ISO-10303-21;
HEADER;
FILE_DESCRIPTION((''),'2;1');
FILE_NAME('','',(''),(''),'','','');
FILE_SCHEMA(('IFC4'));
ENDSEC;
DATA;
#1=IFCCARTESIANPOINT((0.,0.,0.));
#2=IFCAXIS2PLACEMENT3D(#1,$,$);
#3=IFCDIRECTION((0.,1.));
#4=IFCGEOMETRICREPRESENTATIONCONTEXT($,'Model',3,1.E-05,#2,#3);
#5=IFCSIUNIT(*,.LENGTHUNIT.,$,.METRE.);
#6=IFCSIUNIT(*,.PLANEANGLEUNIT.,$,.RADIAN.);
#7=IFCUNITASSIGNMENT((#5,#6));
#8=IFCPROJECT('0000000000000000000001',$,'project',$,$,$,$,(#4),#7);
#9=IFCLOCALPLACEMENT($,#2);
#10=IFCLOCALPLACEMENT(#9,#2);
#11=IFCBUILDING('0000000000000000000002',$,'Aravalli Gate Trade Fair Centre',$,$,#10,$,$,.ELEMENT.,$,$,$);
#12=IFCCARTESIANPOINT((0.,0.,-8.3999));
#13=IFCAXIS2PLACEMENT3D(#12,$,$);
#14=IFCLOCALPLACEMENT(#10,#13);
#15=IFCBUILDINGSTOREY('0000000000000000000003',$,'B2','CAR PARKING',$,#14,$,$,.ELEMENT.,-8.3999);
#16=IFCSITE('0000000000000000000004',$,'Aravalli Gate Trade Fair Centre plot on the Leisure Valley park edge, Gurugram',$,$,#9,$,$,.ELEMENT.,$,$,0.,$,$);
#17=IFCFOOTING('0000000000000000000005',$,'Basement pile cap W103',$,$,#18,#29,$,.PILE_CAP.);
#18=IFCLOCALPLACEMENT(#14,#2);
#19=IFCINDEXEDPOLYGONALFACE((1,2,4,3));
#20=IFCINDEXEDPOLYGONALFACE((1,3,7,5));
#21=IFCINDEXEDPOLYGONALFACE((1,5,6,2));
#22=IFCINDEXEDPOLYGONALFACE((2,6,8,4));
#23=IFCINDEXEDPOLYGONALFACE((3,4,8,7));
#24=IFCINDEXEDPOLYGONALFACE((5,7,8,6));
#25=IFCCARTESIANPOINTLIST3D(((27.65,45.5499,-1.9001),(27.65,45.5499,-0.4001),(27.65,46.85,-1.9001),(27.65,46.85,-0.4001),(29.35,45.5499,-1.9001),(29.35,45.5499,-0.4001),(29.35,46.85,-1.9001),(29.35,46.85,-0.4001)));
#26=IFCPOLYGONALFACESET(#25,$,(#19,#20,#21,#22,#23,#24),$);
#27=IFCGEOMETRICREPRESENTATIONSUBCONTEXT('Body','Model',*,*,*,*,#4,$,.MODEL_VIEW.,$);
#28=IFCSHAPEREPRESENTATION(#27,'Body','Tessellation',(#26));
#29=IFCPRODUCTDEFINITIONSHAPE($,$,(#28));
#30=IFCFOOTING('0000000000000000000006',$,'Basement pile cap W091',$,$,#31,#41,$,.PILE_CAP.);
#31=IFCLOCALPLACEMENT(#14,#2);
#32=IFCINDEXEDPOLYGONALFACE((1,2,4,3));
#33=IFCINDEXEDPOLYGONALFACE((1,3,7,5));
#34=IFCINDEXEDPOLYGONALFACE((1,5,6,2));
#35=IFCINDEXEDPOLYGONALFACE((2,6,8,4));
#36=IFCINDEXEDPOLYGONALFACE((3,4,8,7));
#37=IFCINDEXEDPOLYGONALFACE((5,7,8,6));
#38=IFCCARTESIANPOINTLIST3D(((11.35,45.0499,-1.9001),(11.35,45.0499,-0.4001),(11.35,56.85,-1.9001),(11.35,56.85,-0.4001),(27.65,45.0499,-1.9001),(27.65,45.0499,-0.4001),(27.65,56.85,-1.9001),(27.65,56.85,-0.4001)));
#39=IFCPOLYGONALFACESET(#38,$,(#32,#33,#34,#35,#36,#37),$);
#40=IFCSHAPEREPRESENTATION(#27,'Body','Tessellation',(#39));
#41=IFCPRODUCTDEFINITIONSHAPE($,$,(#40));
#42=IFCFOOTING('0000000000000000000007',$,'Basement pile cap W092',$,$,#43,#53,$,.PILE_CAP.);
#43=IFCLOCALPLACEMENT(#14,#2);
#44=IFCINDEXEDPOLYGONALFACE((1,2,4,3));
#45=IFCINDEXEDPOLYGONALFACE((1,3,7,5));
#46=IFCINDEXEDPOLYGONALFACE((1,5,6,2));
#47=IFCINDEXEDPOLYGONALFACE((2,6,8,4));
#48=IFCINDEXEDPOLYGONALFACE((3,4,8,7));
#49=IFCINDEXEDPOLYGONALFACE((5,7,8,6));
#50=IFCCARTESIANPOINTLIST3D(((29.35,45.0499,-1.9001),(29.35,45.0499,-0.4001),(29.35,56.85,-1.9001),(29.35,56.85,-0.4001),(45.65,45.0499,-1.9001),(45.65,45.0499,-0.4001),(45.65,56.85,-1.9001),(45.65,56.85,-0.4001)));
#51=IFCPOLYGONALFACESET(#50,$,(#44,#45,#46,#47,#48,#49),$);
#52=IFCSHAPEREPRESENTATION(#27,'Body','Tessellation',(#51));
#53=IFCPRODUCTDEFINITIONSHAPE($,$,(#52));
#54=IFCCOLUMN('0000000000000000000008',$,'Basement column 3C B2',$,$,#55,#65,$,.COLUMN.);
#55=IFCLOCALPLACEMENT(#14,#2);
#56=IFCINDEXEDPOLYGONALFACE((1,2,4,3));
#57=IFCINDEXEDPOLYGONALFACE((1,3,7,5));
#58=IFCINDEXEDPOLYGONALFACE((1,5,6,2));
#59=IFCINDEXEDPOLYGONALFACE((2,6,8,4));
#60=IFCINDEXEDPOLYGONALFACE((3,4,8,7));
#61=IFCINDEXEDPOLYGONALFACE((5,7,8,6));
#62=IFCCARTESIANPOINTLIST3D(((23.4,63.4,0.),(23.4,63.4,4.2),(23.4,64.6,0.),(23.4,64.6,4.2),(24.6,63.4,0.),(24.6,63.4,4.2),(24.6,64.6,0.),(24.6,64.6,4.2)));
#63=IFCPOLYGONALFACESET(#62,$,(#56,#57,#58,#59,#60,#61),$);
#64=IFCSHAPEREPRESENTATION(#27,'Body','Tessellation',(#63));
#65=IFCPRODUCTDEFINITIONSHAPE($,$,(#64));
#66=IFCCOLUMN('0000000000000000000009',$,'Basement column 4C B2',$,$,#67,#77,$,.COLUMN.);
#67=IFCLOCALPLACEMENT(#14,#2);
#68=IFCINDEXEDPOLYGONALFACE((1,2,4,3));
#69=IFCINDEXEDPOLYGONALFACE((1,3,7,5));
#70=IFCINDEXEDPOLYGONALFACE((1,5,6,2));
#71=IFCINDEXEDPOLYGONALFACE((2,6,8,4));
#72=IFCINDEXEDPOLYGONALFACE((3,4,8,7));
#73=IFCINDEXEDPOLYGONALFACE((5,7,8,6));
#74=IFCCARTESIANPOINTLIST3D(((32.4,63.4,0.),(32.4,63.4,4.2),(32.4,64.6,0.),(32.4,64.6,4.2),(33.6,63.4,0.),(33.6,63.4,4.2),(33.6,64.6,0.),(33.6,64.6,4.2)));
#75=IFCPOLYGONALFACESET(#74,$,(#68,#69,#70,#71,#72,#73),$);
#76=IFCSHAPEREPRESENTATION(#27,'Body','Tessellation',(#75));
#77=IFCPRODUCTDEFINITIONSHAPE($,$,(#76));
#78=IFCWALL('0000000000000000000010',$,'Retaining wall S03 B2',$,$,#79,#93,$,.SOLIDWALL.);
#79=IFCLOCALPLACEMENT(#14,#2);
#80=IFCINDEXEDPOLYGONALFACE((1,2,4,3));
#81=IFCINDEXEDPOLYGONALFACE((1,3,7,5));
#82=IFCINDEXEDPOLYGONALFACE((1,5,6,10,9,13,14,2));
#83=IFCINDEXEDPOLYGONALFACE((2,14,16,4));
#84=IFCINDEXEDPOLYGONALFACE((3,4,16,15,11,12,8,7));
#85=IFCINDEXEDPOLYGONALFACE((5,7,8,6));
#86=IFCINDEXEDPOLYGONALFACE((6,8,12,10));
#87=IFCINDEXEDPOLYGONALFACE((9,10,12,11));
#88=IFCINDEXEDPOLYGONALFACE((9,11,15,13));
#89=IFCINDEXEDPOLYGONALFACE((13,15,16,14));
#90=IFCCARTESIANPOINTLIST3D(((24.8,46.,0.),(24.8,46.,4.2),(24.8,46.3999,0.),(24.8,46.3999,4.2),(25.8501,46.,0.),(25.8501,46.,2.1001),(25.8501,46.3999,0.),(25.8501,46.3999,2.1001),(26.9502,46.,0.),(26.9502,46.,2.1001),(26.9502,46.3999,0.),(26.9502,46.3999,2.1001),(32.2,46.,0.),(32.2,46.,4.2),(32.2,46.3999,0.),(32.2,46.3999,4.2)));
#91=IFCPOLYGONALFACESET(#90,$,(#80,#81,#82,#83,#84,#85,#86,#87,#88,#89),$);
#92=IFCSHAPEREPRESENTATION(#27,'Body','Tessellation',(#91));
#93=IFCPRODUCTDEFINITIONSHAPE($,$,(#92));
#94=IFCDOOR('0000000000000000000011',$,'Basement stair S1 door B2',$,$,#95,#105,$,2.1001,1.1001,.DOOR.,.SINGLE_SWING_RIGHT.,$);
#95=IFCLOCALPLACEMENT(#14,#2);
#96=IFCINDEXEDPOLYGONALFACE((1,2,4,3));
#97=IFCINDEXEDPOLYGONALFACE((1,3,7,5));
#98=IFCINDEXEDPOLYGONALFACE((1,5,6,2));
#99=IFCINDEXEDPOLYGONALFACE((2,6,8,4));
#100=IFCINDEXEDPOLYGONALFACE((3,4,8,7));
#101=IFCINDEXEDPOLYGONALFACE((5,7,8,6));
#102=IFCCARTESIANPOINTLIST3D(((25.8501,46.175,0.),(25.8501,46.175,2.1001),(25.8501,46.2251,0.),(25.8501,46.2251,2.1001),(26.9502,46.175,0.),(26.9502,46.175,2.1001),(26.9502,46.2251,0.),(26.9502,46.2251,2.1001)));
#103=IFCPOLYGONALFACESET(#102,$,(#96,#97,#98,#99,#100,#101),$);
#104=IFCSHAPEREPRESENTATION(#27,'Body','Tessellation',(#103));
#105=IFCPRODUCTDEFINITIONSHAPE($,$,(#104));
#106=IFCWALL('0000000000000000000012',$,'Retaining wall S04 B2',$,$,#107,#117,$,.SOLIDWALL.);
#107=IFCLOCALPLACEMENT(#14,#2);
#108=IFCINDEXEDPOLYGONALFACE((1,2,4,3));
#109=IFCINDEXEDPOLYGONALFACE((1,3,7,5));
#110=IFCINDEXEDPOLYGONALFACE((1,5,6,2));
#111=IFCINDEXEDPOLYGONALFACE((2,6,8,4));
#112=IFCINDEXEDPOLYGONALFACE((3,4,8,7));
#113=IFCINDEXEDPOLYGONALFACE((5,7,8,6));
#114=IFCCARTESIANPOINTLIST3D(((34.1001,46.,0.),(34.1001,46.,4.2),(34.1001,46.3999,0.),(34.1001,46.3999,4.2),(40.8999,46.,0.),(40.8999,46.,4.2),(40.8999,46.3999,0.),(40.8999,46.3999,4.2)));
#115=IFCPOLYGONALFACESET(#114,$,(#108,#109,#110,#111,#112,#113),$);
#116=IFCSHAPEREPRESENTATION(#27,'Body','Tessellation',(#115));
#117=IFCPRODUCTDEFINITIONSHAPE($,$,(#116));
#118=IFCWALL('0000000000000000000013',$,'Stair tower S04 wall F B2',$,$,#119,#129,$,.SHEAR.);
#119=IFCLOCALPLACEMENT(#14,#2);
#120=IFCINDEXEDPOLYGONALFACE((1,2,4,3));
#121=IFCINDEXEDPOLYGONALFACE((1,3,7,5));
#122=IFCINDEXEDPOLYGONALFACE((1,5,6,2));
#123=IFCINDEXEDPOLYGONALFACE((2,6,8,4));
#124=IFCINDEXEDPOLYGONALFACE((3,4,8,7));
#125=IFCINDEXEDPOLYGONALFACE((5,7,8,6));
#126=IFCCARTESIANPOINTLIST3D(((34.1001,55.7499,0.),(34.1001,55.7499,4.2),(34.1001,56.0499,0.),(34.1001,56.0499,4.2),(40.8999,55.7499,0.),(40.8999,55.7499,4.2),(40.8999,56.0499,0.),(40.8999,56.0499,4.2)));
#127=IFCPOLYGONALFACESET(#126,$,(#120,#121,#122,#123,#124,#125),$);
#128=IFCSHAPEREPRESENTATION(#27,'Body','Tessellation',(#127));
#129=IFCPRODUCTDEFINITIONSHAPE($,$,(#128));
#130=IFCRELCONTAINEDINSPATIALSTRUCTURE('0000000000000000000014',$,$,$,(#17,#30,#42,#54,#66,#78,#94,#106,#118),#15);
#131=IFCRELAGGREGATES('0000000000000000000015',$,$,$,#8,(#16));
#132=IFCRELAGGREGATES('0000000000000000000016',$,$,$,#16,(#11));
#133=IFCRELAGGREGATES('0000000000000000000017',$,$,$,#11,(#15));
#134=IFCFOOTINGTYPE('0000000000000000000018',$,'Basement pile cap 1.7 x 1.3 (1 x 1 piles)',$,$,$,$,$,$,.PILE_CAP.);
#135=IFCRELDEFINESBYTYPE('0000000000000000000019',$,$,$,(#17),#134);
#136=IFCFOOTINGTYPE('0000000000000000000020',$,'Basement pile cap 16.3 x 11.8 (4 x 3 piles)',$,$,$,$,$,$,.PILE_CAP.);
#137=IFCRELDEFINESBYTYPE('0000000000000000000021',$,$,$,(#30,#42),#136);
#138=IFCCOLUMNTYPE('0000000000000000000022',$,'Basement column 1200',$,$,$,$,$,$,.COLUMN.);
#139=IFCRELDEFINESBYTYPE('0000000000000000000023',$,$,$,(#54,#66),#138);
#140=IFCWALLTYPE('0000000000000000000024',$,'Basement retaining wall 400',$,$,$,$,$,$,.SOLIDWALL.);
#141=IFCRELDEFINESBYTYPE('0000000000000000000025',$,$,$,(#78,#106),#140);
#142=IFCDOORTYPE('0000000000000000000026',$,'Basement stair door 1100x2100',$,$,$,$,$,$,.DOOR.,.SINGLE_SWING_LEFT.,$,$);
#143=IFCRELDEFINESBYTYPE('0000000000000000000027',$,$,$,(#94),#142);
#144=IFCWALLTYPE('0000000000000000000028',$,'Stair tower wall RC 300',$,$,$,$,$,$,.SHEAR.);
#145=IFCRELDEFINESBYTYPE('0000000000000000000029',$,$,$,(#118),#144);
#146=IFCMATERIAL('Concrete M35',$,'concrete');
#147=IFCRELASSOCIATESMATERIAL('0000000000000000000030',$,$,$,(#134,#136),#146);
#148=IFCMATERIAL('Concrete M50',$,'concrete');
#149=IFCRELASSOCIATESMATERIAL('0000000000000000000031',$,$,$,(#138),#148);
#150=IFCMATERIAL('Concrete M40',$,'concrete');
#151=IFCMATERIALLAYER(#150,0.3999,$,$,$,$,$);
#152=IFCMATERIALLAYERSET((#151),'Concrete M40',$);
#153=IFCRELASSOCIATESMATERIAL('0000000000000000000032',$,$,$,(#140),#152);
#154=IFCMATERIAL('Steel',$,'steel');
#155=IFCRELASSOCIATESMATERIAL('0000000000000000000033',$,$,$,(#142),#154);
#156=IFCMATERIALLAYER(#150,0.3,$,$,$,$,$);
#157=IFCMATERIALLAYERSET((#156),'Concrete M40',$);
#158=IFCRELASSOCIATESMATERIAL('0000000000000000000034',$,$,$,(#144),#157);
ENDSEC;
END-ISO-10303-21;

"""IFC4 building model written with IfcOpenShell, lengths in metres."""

from ifc_helpers import new_model, si_unit, direction, frame, frame_2d, origin, origin_2d, place, context, subcontext, project, spatial, rectangle, extrude, material, layer, layer_set, material_profile, profile_set, type_object, element, fill, save


model = new_model("IFC4")

# Units and contexts
model_context = context("Model", 3, precision=1e-05, world=origin(), true_north=direction((0.0, 1.0)))
body_context = subcontext(model_context, "Body", "Model", "MODEL_VIEW")
ifc_project = project(units=[si_unit("LENGTHUNIT", "METRE"), si_unit("PLANEANGLEUNIT", "RADIAN")], contexts=[model_context])

# Site, building, storey
site_placement = place(None, origin())
site = spatial("IfcSite", under=ifc_project, at=site_placement, Name="Aravalli Gate Trade Fair Centre plot on the Leisure Valley park edge, Gurugram", CompositionType="ELEMENT", RefElevation=0.0)
building_placement = place(site_placement, origin())
building = spatial("IfcBuilding", under=site, at=building_placement, Name="Aravalli Gate Trade Fair Centre", CompositionType="ELEMENT")
storey_placement = place(building_placement, frame((0.0, 0.0, -8.3999)))
storey = spatial("IfcBuildingStorey", under=building, at=storey_placement, Name="B2", Description="CAR PARKING", CompositionType="ELEMENT", Elevation=-8.3999)

# Shared definitions
ifc_material_1 = material(Name="Concrete M35", Category="concrete")

# Footings
footing_type_1 = type_object("IfcFootingType", Name="Basement pile cap 1.7 x 1.3 (1 x 1 piles)", PredefinedType="PILE_CAP", material=ifc_material_1)
footing_1_placement = place(storey_placement, frame((28.5, 46.2, -1.9001), z_axis=(0.0, 0.0, 1.0), x_axis=(1.0, 0.0, 0.0)))
element("IfcFooting", 1, at=footing_1_placement, inside=storey, type_object=footing_type_1, Name="Basement pile cap W103", PredefinedType="PILE_CAP", context=body_context, shape_type="SweptSolid", body=[
    extrude(rectangle(XDim=1.7, YDim=1.3, at=origin_2d()), origin(), (0.0, 0.0, 1.0), 1.5),
])
footing_type_2 = type_object("IfcFootingType", Name="Basement pile cap 16.3 x 11.8 (4 x 3 piles)", PredefinedType="PILE_CAP", material=ifc_material_1)
for number, where, z_axis, x_axis, name in (
    (2, (19.5, 50.95, -1.9001), (0.0, 0.0, 1.0), (1.0, 0.0, 0.0), "Basement pile cap W091"),
    (3, (37.5, 50.95, -1.9001), (0.0, 0.0, 1.0), (1.0, 0.0, 0.0), "Basement pile cap W092"),
):
    element("IfcFooting", number, at=place(storey_placement, frame(where, z_axis=z_axis, x_axis=x_axis)), inside=storey, type_object=footing_type_2, Name=name, PredefinedType="PILE_CAP", context=body_context, shape_type="SweptSolid", body=[
        extrude(rectangle(XDim=16.3, YDim=11.8, at=origin_2d()), origin(), (0.0, 0.0, 1.0), 1.5),
    ])

# Columns
ifc_material_2 = material(Name="Concrete M50", Category="concrete")
ifc_material_profile_1 = material_profile(ifc_material_2, rectangle(XDim=1.2, YDim=1.2, at=origin_2d()), Name="RC 1200 x 1200")
ifc_profile_set_1 = profile_set([ifc_material_profile_1], Name="Concrete M50")
column_type = type_object("IfcColumnType", Name="Basement column 1200", PredefinedType="COLUMN", material=ifc_profile_set_1)
for number, where, z_axis, x_axis, name in (
    (4, (24.0, 64.0, 0.0), (0.0, 0.0, 1.0), (1.0, 0.0, 0.0), "Basement column 3C B2"),
    (5, (33.0, 64.0, 0.0), (0.0, 0.0, 1.0), (1.0, 0.0, 0.0), "Basement column 4C B2"),
):
    element("IfcColumn", number, at=place(storey_placement, frame(where, z_axis=z_axis, x_axis=x_axis)), inside=storey, type_object=column_type, Name=name, PredefinedType="COLUMN", context=body_context, shape_type="SweptSolid", body=[
        extrude(rectangle(XDim=1.2, YDim=1.2, at=origin_2d()), origin(), (0.0, 0.0, 1.0), 4.2),
    ])

# Wall, opening, door
ifc_material_3 = material(Name="Concrete M40", Category="concrete")
ifc_layer_1 = layer(ifc_material_3, 0.3999)
ifc_layer_set_1 = layer_set([ifc_layer_1], Name="Concrete M40")
wall_type_1 = type_object("IfcWallType", Name="Basement retaining wall 400", PredefinedType="SOLIDWALL", material=ifc_layer_set_1)
wall_1_placement = place(storey_placement, frame((24.8, 46.2, 0.0), z_axis=(0.0, 0.0, 1.0), x_axis=(1.0, 0.0, 0.0)))
wall_1 = element("IfcWall", 6, at=wall_1_placement, inside=storey, type_object=wall_type_1, Name="Retaining wall S03 B2", PredefinedType="SOLIDWALL", context=body_context, shape_type="SweptSolid", body=[
    extrude(rectangle(XDim=7.3999, YDim=0.3999, at=frame_2d((3.7, 0.0))), origin(), (0.0, 0.0, 1.0), 4.2),
])
opening_placement = place(wall_1_placement, frame((1.05, 0.0, 0.0)))
opening = element("IfcOpeningElement", 7, at=opening_placement, cuts=wall_1, PredefinedType="OPENING", context=body_context, shape_type="SweptSolid", body=[
    extrude(rectangle(XDim=1.1001, YDim=2.1001, at=frame_2d((0.55, 1.05))), frame((0.0, 0.21, 0.0), z_axis=(0.0, -1.0, 0.0), x_axis=(1.0, 0.0, 0.0)), (0.0, 0.0, 1.0), 0.4199),
])
ifc_material_4 = material(Name="Steel", Category="steel")
door_type = type_object("IfcDoorType", Name="Basement stair door 1100x2100", OperationType="SINGLE_SWING_LEFT", PredefinedType="DOOR", material=ifc_material_4)
door_placement = place(opening_placement, frame((1.1001, 0.0, 0.0), z_axis=(0.0, 0.0, 1.0), x_axis=(-1.0, 0.0, 0.0)))
door = element("IfcDoor", 8, at=door_placement, inside=storey, type_object=door_type, Name="Basement stair S1 door B2", OperationType="SINGLE_SWING_RIGHT", OverallHeight=2.1001, OverallWidth=1.1001, PredefinedType="DOOR", context=body_context, shape_type="SweptSolid", body=[
    extrude(rectangle(XDim=1.1001, YDim=2.1001, at=frame_2d((0.55, 1.05))), frame((0.0, 0.0249, 0.0), z_axis=(0.0, -1.0, 0.0), x_axis=(1.0, 0.0, 0.0)), (0.0, 0.0, 1.0), 0.05),
])
fill(opening, door)

# Walls
wall_2_placement = place(storey_placement, frame((34.1001, 46.2, 0.0), z_axis=(0.0, 0.0, 1.0), x_axis=(1.0, 0.0, 0.0)))
element("IfcWall", 9, at=wall_2_placement, inside=storey, type_object=wall_type_1, Name="Retaining wall S04 B2", PredefinedType="SOLIDWALL", context=body_context, shape_type="SweptSolid", body=[
    extrude(rectangle(XDim=6.7998, YDim=0.3999, at=frame_2d((3.3999, 0.0))), origin(), (0.0, 0.0, 1.0), 4.2),
])
ifc_layer_2 = layer(ifc_material_3, 0.3)
ifc_layer_set_2 = layer_set([ifc_layer_2], Name="Concrete M40")
wall_type_2 = type_object("IfcWallType", Name="Stair tower wall RC 300", PredefinedType="SHEAR", material=ifc_layer_set_2)
wall_3_placement = place(storey_placement, frame((34.1001, 55.8999, 0.0), z_axis=(0.0, 0.0, 1.0), x_axis=(1.0, 0.0, 0.0)))
element("IfcWall", 10, at=wall_3_placement, inside=storey, type_object=wall_type_2, Name="Stair tower S04 wall F B2", PredefinedType="SHEAR", context=body_context, shape_type="SweptSolid", body=[
    extrude(rectangle(XDim=6.7998, YDim=0.3, at=frame_2d((3.3999, 0.0))), origin(), (0.0, 0.0, 1.0), 4.2),
])

save(model, "model.ifc")
